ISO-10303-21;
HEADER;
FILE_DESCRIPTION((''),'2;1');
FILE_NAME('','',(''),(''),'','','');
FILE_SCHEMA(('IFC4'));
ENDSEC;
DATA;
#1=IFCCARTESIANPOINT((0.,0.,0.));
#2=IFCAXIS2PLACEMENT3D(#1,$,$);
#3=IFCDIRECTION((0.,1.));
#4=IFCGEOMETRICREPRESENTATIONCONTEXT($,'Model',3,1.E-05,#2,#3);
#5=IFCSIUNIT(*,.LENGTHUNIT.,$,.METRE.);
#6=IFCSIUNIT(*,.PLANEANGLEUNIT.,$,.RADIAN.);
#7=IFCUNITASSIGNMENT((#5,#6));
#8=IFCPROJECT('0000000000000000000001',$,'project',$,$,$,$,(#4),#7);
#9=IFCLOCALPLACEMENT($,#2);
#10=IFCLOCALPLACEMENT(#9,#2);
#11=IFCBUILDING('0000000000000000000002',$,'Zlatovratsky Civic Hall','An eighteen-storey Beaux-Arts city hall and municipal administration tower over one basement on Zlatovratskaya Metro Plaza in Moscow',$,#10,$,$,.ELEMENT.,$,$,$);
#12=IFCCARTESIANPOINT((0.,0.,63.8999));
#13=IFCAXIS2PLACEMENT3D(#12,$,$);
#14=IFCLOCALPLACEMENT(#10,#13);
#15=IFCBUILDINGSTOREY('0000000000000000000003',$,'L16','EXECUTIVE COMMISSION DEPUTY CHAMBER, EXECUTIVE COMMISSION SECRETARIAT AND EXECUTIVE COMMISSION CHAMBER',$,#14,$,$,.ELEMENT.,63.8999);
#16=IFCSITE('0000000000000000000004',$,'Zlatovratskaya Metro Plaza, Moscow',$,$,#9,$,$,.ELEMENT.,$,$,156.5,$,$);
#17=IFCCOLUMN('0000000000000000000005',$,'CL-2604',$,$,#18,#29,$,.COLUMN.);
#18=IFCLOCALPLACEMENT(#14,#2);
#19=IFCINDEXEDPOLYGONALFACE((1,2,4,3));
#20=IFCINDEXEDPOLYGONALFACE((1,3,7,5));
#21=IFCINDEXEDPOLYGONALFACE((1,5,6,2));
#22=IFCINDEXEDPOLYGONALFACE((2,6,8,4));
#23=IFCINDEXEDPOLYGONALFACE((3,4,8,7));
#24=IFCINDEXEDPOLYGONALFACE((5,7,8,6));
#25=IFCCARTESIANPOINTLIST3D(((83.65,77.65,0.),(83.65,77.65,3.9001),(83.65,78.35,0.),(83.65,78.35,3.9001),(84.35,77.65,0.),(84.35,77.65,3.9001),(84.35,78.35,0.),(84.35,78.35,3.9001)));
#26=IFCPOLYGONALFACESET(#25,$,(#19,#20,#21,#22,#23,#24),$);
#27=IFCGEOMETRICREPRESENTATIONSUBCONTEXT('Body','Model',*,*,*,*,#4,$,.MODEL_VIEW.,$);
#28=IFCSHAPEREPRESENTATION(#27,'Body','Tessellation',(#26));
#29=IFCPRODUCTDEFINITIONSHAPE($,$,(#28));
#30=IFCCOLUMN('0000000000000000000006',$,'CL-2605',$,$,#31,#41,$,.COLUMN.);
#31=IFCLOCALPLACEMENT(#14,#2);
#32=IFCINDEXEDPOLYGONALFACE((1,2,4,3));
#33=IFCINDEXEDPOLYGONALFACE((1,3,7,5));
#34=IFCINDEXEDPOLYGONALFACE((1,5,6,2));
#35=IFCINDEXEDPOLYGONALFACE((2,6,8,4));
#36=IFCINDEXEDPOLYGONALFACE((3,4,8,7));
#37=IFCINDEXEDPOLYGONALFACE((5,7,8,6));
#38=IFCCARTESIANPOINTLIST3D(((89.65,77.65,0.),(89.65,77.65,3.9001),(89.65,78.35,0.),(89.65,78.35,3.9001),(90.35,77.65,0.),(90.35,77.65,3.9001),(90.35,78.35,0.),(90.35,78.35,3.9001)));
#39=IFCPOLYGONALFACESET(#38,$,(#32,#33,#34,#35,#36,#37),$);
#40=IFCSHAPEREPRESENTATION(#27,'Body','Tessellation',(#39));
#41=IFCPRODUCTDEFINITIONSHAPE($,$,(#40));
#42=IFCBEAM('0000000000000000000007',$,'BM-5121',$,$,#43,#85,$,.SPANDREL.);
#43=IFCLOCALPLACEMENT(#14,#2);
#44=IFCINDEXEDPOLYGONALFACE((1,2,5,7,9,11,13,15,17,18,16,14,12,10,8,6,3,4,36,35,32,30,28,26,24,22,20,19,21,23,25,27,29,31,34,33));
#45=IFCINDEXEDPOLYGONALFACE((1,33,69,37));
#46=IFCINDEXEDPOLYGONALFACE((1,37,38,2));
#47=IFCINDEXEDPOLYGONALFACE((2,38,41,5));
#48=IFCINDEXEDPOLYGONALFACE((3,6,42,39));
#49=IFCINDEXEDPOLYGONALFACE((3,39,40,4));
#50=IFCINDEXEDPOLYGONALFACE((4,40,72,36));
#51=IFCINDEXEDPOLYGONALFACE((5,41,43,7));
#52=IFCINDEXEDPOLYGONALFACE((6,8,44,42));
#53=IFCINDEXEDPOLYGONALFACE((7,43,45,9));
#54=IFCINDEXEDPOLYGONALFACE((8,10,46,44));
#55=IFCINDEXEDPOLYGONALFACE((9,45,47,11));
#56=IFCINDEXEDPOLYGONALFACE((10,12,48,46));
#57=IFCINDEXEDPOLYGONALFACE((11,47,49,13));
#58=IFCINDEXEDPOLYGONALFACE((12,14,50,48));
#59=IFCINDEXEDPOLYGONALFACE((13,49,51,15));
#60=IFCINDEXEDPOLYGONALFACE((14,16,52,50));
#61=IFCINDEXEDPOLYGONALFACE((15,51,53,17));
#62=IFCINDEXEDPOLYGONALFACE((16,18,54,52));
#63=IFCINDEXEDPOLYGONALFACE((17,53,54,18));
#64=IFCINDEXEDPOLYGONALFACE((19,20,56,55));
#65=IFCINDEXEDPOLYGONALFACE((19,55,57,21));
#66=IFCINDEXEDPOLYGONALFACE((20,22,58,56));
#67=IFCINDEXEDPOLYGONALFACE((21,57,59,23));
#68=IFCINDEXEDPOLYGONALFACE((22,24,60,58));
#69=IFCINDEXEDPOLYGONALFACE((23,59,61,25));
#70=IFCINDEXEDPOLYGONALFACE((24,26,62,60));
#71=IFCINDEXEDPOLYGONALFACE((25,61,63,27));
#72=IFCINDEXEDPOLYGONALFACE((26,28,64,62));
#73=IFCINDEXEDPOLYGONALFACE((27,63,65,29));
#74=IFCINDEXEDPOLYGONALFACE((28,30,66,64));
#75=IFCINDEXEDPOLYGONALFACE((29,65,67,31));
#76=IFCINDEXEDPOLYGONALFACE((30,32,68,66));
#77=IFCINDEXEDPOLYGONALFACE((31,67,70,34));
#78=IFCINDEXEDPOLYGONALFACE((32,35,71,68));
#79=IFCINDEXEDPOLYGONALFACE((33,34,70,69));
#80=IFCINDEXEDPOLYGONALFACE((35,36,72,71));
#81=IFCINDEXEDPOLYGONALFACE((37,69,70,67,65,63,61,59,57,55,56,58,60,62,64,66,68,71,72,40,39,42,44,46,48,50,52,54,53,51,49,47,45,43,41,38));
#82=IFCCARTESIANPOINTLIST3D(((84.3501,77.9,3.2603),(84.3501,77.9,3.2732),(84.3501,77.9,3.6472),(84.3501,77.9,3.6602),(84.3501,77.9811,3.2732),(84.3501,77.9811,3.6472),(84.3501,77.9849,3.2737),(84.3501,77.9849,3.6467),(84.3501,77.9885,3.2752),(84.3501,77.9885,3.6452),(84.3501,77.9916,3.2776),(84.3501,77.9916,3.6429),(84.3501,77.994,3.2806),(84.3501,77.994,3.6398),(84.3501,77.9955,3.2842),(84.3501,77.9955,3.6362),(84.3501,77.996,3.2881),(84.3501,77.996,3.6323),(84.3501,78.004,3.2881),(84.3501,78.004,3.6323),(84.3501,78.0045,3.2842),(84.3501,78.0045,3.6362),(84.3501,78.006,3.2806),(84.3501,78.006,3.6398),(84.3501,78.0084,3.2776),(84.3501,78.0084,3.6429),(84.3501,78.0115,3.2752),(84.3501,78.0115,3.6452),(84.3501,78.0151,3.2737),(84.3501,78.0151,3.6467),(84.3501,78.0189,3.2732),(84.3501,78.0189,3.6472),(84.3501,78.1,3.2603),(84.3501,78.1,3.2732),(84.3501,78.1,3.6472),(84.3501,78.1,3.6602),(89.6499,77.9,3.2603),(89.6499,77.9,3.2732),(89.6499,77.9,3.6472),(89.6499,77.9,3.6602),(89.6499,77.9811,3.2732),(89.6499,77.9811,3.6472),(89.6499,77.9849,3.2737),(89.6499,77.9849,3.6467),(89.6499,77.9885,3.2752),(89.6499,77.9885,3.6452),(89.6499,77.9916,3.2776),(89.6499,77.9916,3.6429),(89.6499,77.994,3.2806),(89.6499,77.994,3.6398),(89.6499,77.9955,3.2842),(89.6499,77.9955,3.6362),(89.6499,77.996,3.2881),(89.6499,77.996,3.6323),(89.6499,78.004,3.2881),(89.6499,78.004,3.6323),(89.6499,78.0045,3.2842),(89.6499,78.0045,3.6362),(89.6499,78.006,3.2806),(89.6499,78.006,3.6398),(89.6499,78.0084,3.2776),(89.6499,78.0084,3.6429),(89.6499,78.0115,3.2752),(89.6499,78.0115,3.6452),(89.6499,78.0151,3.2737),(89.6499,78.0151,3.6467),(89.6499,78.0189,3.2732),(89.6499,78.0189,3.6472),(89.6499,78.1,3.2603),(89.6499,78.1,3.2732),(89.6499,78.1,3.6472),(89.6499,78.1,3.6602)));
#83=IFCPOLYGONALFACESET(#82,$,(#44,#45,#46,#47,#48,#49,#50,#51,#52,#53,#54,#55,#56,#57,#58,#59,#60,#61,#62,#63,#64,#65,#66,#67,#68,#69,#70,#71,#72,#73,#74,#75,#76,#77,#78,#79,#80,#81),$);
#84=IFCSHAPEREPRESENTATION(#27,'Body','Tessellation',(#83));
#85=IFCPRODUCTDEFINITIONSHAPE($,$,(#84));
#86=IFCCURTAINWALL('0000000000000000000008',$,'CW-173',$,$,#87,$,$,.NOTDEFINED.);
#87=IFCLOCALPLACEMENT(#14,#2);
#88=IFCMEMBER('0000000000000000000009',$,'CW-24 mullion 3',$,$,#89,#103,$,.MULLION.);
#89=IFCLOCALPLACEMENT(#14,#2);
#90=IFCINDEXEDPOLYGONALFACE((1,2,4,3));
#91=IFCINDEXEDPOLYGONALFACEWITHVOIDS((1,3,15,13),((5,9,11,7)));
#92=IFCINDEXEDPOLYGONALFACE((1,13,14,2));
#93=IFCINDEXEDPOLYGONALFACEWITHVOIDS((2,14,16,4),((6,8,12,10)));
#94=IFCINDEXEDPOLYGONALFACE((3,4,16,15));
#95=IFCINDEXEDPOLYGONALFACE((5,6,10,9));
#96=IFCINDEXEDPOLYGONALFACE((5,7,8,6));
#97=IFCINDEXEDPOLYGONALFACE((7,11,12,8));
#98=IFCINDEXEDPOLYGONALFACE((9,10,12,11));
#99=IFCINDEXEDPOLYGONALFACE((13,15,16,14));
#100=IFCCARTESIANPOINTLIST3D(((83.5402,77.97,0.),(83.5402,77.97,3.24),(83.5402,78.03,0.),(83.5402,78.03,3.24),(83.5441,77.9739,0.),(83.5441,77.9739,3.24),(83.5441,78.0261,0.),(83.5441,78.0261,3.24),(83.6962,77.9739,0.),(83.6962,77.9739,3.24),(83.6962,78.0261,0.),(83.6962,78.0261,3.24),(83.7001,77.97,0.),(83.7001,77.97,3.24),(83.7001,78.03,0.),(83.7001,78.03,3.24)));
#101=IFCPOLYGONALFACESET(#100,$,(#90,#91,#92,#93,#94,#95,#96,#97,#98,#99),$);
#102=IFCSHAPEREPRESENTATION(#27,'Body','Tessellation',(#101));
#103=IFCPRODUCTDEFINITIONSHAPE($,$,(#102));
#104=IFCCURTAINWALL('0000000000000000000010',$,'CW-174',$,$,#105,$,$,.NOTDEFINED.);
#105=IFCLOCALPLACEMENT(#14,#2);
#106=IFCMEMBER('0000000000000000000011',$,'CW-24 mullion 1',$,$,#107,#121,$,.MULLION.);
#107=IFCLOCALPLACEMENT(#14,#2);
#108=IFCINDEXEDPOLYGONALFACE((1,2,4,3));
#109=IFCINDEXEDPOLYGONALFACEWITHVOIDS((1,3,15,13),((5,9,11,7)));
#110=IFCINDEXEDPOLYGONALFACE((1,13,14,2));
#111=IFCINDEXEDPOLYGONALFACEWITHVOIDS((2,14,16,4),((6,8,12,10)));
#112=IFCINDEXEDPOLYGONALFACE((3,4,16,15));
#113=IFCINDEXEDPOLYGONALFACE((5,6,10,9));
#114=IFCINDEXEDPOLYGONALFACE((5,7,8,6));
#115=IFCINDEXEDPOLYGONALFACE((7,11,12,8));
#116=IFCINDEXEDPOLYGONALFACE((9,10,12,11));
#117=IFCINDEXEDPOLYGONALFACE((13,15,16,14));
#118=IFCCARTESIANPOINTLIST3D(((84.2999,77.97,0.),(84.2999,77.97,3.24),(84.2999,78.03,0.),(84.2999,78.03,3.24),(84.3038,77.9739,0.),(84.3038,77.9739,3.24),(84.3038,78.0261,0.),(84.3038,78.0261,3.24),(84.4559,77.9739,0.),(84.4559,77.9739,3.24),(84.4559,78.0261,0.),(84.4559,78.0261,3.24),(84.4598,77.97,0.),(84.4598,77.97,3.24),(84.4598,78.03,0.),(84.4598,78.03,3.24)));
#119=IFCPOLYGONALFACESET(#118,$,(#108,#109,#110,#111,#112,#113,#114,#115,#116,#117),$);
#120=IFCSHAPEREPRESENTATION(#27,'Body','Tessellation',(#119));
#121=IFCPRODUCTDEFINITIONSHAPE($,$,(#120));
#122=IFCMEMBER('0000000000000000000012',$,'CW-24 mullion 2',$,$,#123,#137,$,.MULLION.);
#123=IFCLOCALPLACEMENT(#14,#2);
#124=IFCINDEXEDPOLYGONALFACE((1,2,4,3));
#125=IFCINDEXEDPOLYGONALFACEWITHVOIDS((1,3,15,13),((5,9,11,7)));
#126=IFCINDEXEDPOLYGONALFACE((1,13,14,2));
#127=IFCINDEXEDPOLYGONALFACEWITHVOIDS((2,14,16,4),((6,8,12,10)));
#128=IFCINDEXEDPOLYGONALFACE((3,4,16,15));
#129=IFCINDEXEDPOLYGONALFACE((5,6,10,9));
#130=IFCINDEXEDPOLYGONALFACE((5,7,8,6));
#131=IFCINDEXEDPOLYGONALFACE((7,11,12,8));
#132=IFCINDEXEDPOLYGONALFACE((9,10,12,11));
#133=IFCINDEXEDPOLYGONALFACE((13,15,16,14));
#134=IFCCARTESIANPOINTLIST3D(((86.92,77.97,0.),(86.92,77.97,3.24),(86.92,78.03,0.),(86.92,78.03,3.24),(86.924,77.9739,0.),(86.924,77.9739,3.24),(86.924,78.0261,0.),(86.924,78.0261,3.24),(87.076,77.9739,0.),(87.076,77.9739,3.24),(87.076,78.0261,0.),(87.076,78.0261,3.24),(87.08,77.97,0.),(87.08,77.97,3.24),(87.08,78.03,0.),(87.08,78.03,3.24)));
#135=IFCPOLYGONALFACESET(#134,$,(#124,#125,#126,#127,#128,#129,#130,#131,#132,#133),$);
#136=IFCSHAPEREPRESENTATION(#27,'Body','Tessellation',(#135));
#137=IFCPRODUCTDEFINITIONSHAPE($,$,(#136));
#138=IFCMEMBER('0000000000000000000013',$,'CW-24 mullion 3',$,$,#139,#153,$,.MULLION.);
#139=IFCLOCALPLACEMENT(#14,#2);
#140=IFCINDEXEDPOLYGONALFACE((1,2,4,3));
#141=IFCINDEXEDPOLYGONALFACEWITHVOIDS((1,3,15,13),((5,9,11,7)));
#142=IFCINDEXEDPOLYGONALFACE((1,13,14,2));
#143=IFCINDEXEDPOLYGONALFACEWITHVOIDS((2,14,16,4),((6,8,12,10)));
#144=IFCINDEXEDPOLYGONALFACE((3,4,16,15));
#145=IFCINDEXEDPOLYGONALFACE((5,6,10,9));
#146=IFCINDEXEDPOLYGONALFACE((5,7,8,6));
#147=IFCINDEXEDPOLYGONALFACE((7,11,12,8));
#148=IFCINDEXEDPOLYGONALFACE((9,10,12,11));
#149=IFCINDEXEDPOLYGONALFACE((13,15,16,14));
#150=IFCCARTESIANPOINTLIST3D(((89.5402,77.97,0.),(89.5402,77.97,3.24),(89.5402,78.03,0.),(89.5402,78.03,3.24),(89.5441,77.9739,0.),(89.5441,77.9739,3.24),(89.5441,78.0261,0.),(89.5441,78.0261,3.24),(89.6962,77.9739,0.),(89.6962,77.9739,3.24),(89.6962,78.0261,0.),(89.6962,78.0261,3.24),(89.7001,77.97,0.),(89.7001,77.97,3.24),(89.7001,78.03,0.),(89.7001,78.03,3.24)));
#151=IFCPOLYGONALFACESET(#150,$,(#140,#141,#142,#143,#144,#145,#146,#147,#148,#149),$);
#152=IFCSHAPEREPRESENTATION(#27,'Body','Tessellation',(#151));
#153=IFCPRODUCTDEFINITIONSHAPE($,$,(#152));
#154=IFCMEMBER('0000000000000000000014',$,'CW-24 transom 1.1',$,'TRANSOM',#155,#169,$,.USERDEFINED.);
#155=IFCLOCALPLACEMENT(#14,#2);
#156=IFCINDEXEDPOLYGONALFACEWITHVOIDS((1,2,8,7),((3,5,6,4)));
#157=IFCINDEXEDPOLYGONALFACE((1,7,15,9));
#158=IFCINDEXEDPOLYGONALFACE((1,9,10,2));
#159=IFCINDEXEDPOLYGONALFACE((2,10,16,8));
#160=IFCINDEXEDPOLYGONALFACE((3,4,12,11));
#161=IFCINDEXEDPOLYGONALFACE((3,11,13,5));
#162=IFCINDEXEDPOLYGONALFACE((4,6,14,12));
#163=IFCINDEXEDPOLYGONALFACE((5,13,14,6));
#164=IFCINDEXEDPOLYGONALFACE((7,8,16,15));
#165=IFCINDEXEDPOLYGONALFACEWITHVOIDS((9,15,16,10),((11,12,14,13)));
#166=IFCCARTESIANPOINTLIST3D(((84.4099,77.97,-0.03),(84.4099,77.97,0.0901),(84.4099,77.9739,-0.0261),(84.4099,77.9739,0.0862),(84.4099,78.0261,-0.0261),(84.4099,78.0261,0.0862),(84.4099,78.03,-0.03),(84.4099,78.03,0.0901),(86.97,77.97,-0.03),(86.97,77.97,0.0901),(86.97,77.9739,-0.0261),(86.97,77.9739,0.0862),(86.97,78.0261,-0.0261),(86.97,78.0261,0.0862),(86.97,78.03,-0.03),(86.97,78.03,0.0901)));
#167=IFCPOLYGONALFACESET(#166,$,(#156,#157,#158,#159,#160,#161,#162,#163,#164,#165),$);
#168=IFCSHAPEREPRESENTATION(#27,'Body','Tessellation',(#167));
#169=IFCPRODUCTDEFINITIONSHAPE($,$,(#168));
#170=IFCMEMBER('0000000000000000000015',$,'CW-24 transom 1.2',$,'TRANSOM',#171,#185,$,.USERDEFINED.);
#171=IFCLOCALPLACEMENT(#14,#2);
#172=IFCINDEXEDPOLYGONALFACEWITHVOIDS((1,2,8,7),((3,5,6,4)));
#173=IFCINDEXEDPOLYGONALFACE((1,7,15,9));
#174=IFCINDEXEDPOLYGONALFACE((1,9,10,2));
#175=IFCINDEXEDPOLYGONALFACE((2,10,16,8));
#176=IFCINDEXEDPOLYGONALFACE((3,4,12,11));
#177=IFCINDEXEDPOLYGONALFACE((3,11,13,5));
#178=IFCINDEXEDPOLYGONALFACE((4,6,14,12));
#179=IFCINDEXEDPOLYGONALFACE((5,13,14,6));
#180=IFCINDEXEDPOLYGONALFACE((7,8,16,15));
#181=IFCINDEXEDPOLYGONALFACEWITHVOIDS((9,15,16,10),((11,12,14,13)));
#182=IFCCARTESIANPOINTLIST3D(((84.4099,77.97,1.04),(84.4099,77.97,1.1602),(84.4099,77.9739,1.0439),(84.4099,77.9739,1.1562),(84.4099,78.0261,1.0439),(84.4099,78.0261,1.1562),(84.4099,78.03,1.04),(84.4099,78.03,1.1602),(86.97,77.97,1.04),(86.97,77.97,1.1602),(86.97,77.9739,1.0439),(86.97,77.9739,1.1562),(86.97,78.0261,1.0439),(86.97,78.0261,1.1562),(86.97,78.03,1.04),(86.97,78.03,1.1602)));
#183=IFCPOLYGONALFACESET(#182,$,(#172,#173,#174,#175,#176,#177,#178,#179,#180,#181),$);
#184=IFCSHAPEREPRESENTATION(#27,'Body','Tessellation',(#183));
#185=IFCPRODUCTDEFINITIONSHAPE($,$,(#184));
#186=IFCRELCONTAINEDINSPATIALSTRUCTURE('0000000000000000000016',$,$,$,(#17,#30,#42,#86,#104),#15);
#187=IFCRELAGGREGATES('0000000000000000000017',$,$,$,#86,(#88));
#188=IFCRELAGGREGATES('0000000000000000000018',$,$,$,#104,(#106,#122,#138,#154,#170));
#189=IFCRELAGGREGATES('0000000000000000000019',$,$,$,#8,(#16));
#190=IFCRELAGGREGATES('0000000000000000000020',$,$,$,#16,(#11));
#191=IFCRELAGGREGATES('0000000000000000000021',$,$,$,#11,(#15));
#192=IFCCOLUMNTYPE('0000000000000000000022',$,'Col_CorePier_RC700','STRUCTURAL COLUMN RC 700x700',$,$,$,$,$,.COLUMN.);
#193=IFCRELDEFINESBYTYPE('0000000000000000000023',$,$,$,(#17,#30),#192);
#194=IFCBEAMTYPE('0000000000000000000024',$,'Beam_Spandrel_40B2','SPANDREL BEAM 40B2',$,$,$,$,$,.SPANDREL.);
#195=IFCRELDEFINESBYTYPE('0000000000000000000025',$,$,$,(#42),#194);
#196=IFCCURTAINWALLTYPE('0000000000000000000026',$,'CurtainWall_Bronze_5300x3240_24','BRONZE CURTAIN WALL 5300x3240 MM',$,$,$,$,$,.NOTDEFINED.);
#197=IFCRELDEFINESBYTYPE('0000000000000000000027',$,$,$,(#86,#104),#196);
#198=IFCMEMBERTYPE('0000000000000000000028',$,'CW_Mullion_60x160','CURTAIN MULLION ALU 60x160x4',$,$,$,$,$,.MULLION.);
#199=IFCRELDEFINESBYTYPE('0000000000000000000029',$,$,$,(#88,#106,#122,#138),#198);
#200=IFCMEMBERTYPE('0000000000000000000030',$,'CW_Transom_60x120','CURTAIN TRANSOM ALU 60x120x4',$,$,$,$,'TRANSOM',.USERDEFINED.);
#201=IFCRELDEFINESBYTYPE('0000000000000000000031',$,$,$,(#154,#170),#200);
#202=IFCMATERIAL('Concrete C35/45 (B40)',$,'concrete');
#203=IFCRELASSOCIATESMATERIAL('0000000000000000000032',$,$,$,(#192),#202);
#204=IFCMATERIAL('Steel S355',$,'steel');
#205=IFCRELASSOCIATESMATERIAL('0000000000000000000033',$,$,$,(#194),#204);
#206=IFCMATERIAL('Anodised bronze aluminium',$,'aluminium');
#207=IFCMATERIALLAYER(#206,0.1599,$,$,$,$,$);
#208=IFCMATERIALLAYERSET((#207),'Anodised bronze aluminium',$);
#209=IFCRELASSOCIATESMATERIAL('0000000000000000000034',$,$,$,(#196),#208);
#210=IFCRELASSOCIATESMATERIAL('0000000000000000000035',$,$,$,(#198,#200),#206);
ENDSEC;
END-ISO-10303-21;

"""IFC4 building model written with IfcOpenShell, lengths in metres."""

from ifc_helpers import new_model, si_unit, direction, frame, origin, origin_2d, place, context, subcontext, project, spatial, rectangle, hollow_rectangle, i_section, extrude, material, layer, layer_set, material_profile, profile_set, type_object, element, aggregate, save


model = new_model("IFC4")

# Units and contexts
model_context = context("Model", 3, precision=1e-05, world=origin(), true_north=direction((0.0, 1.0)))
body_context = subcontext(model_context, "Body", "Model", "MODEL_VIEW")
ifc_project = project(units=[si_unit("LENGTHUNIT", "METRE"), si_unit("PLANEANGLEUNIT", "RADIAN")], contexts=[model_context])

# Site, building, storey
site_placement = place(None, origin())
site = spatial("IfcSite", under=ifc_project, at=site_placement, Name="Zlatovratskaya Metro Plaza, Moscow", CompositionType="ELEMENT", RefElevation=156.5)
building_placement = place(site_placement, origin())
building = spatial("IfcBuilding", under=site, at=building_placement, Name="Zlatovratsky Civic Hall", Description="An eighteen-storey Beaux-Arts city hall and municipal administration tower over one basement on Zlatovratskaya Metro Plaza in Moscow", CompositionType="ELEMENT")
storey_placement = place(building_placement, frame((0.0, 0.0, 63.8999)))
storey = spatial("IfcBuildingStorey", under=building, at=storey_placement, Name="L16", Description="EXECUTIVE COMMISSION DEPUTY CHAMBER, EXECUTIVE COMMISSION SECRETARIAT AND EXECUTIVE COMMISSION CHAMBER", CompositionType="ELEMENT", Elevation=63.8999)

# Columns
ifc_material_1 = material(Name="Concrete C35/45 (B40)", Category="concrete")
ifc_material_profile_1 = material_profile(ifc_material_1, rectangle(XDim=0.7, YDim=0.7, at=origin_2d()), Name="RC 700x700")
ifc_profile_set_1 = profile_set([ifc_material_profile_1], Name="Concrete C35/45 (B40)")
column_type = type_object("IfcColumnType", Name="Col_CorePier_RC700", Description="STRUCTURAL COLUMN RC 700x700", PredefinedType="COLUMN", material=ifc_profile_set_1)
for number, where, z_axis, x_axis, name in (
    (1, (84.0, 78.0, 0.0), (0.0, 0.0, 1.0), (1.0, 0.0, 0.0), "CL-2604"),
    (2, (90.0, 78.0, 0.0), (0.0, 0.0, 1.0), (1.0, 0.0, 0.0), "CL-2605"),
):
    element("IfcColumn", number, at=place(storey_placement, frame(where, z_axis=z_axis, x_axis=x_axis)), inside=storey, type_object=column_type, Name=name, PredefinedType="COLUMN", context=body_context, shape_type="SweptSolid", body=[
        extrude(rectangle(XDim=0.7, YDim=0.7, at=origin_2d()), origin(), (0.0, 0.0, 1.0), 3.9001),
    ])

# Beam
ifc_material_2 = material(Name="Steel S355", Category="steel")
ifc_material_profile_2 = material_profile(ifc_material_2, i_section(OverallWidth=0.2, OverallDepth=0.3999, WebThickness=0.0081, FlangeThickness=0.0129, FilletRadius=0.0149, at=origin_2d()), Name="40B2")
ifc_profile_set_2 = profile_set([ifc_material_profile_2], Name="Steel S355")
beam_type = type_object("IfcBeamType", Name="Beam_Spandrel_40B2", Description="SPANDREL BEAM 40B2", PredefinedType="SPANDREL", material=ifc_profile_set_2)
beam_placement = place(storey_placement, frame((84.3501, 78.0, 3.4602), z_axis=(1.0, 0.0, 0.0), x_axis=(0.0, 1.0, 0.0)))
element("IfcBeam", 3, at=beam_placement, inside=storey, type_object=beam_type, Name="BM-5121", PredefinedType="SPANDREL", context=body_context, shape_type="SweptSolid", body=[
    extrude(i_section(OverallWidth=0.2, OverallDepth=0.3999, WebThickness=0.0081, FlangeThickness=0.0129, FilletRadius=0.0149, at=origin_2d()), origin(), (0.0, 0.0, 1.0), 5.2998),
])

# Curtain wall, member
ifc_material_3 = material(Name="Anodised bronze aluminium", Category="aluminium")
ifc_layer_1 = layer(ifc_material_3, 0.1599)
ifc_layer_set_1 = layer_set([ifc_layer_1], Name="Anodised bronze aluminium")
curtain_wall_type = type_object("IfcCurtainWallType", Name="CurtainWall_Bronze_5300x3240_24", Description="BRONZE CURTAIN WALL 5300x3240 MM", PredefinedType="NOTDEFINED", material=ifc_layer_set_1)
curtain_wall_1_placement = place(storey_placement, origin())
curtain_wall_1 = element("IfcCurtainWall", 4, at=curtain_wall_1_placement, inside=storey, type_object=curtain_wall_type, Name="CW-173", PredefinedType="NOTDEFINED")
ifc_material_profile_3 = material_profile(ifc_material_3, hollow_rectangle(XDim=0.0601, YDim=0.1599, WallThickness=0.0039, at=origin_2d()), Name="ALU 60x160x4")
ifc_profile_set_3 = profile_set([ifc_material_profile_3], Name="Anodised bronze aluminium")
member_type_1 = type_object("IfcMemberType", Name="CW_Mullion_60x160", Description="CURTAIN MULLION ALU 60x160x4", PredefinedType="MULLION", material=ifc_profile_set_3)
member_1_placement = place(storey_placement, frame((83.6201, 78.0, 0.0), z_axis=(0.0, 0.0, 1.0), x_axis=(0.0, 1.0, 0.0)))
member_1 = element("IfcMember", 5, at=member_1_placement, type_object=member_type_1, Name="CW-24 mullion 3", PredefinedType="MULLION", context=body_context, shape_type="SweptSolid", body=[
    extrude(hollow_rectangle(XDim=0.0601, YDim=0.1599, WallThickness=0.0039, at=origin_2d()), origin(), (0.0, 0.0, 1.0), 3.24),
])

# Curtain wall, members
curtain_wall_2_placement = place(storey_placement, origin())
curtain_wall_2 = element("IfcCurtainWall", 6, at=curtain_wall_2_placement, inside=storey, type_object=curtain_wall_type, Name="CW-174", PredefinedType="NOTDEFINED")
member_2_placement = place(storey_placement, frame((84.3799, 78.0, 0.0), z_axis=(0.0, 0.0, 1.0), x_axis=(0.0, 1.0, 0.0)))
member_2 = element("IfcMember", 7, at=member_2_placement, type_object=member_type_1, Name="CW-24 mullion 1", PredefinedType="MULLION", context=body_context, shape_type="SweptSolid", body=[
    extrude(hollow_rectangle(XDim=0.0601, YDim=0.1599, WallThickness=0.0039, at=origin_2d()), origin(), (0.0, 0.0, 1.0), 3.24),
])
member_3_placement = place(storey_placement, frame((87.0, 78.0, 0.0), z_axis=(0.0, 0.0, 1.0), x_axis=(0.0, 1.0, 0.0)))
member_3 = element("IfcMember", 8, at=member_3_placement, type_object=member_type_1, Name="CW-24 mullion 2", PredefinedType="MULLION", context=body_context, shape_type="SweptSolid", body=[
    extrude(hollow_rectangle(XDim=0.0601, YDim=0.1599, WallThickness=0.0039, at=origin_2d()), origin(), (0.0, 0.0, 1.0), 3.24),
])
member_4_placement = place(storey_placement, frame((89.6201, 78.0, 0.0), z_axis=(0.0, 0.0, 1.0), x_axis=(0.0, 1.0, 0.0)))
member_4 = element("IfcMember", 9, at=member_4_placement, type_object=member_type_1, Name="CW-24 mullion 3", PredefinedType="MULLION", context=body_context, shape_type="SweptSolid", body=[
    extrude(hollow_rectangle(XDim=0.0601, YDim=0.1599, WallThickness=0.0039, at=origin_2d()), origin(), (0.0, 0.0, 1.0), 3.24),
])
ifc_material_profile_4 = material_profile(ifc_material_3, hollow_rectangle(XDim=0.0601, YDim=0.1201, WallThickness=0.0039, at=origin_2d()), Name="ALU 60x120x4")
ifc_profile_set_4 = profile_set([ifc_material_profile_4], Name="Anodised bronze aluminium")
member_type_2 = type_object("IfcMemberType", Name="CW_Transom_60x120", Description="CURTAIN TRANSOM ALU 60x120x4", ElementType="TRANSOM", PredefinedType="USERDEFINED", material=ifc_profile_set_4)
member_5_placement = place(storey_placement, frame((84.4099, 78.0, 0.03), z_axis=(1.0, 0.0, 0.0), x_axis=(0.0, 1.0, 0.0)))
member_5 = element("IfcMember", 10, at=member_5_placement, type_object=member_type_2, Name="CW-24 transom 1.1", ObjectType="TRANSOM", PredefinedType="USERDEFINED", context=body_context, shape_type="SweptSolid", body=[
    extrude(hollow_rectangle(XDim=0.0601, YDim=0.1201, WallThickness=0.0039, at=origin_2d()), origin(), (0.0, 0.0, 1.0), 2.5601),
])
member_6_placement = place(storey_placement, frame((84.4099, 78.0, 1.1001), z_axis=(1.0, 0.0, 0.0), x_axis=(0.0, 1.0, 0.0)))
member_6 = element("IfcMember", 11, at=member_6_placement, type_object=member_type_2, Name="CW-24 transom 1.2", ObjectType="TRANSOM", PredefinedType="USERDEFINED", context=body_context, shape_type="SweptSolid", body=[
    extrude(hollow_rectangle(XDim=0.0601, YDim=0.1201, WallThickness=0.0039, at=origin_2d()), origin(), (0.0, 0.0, 1.0), 2.5601),
])

aggregate(curtain_wall_1, [member_1])
aggregate(curtain_wall_2, [member_2, member_3, member_4, member_5, member_6])

save(model, "model.ifc")
